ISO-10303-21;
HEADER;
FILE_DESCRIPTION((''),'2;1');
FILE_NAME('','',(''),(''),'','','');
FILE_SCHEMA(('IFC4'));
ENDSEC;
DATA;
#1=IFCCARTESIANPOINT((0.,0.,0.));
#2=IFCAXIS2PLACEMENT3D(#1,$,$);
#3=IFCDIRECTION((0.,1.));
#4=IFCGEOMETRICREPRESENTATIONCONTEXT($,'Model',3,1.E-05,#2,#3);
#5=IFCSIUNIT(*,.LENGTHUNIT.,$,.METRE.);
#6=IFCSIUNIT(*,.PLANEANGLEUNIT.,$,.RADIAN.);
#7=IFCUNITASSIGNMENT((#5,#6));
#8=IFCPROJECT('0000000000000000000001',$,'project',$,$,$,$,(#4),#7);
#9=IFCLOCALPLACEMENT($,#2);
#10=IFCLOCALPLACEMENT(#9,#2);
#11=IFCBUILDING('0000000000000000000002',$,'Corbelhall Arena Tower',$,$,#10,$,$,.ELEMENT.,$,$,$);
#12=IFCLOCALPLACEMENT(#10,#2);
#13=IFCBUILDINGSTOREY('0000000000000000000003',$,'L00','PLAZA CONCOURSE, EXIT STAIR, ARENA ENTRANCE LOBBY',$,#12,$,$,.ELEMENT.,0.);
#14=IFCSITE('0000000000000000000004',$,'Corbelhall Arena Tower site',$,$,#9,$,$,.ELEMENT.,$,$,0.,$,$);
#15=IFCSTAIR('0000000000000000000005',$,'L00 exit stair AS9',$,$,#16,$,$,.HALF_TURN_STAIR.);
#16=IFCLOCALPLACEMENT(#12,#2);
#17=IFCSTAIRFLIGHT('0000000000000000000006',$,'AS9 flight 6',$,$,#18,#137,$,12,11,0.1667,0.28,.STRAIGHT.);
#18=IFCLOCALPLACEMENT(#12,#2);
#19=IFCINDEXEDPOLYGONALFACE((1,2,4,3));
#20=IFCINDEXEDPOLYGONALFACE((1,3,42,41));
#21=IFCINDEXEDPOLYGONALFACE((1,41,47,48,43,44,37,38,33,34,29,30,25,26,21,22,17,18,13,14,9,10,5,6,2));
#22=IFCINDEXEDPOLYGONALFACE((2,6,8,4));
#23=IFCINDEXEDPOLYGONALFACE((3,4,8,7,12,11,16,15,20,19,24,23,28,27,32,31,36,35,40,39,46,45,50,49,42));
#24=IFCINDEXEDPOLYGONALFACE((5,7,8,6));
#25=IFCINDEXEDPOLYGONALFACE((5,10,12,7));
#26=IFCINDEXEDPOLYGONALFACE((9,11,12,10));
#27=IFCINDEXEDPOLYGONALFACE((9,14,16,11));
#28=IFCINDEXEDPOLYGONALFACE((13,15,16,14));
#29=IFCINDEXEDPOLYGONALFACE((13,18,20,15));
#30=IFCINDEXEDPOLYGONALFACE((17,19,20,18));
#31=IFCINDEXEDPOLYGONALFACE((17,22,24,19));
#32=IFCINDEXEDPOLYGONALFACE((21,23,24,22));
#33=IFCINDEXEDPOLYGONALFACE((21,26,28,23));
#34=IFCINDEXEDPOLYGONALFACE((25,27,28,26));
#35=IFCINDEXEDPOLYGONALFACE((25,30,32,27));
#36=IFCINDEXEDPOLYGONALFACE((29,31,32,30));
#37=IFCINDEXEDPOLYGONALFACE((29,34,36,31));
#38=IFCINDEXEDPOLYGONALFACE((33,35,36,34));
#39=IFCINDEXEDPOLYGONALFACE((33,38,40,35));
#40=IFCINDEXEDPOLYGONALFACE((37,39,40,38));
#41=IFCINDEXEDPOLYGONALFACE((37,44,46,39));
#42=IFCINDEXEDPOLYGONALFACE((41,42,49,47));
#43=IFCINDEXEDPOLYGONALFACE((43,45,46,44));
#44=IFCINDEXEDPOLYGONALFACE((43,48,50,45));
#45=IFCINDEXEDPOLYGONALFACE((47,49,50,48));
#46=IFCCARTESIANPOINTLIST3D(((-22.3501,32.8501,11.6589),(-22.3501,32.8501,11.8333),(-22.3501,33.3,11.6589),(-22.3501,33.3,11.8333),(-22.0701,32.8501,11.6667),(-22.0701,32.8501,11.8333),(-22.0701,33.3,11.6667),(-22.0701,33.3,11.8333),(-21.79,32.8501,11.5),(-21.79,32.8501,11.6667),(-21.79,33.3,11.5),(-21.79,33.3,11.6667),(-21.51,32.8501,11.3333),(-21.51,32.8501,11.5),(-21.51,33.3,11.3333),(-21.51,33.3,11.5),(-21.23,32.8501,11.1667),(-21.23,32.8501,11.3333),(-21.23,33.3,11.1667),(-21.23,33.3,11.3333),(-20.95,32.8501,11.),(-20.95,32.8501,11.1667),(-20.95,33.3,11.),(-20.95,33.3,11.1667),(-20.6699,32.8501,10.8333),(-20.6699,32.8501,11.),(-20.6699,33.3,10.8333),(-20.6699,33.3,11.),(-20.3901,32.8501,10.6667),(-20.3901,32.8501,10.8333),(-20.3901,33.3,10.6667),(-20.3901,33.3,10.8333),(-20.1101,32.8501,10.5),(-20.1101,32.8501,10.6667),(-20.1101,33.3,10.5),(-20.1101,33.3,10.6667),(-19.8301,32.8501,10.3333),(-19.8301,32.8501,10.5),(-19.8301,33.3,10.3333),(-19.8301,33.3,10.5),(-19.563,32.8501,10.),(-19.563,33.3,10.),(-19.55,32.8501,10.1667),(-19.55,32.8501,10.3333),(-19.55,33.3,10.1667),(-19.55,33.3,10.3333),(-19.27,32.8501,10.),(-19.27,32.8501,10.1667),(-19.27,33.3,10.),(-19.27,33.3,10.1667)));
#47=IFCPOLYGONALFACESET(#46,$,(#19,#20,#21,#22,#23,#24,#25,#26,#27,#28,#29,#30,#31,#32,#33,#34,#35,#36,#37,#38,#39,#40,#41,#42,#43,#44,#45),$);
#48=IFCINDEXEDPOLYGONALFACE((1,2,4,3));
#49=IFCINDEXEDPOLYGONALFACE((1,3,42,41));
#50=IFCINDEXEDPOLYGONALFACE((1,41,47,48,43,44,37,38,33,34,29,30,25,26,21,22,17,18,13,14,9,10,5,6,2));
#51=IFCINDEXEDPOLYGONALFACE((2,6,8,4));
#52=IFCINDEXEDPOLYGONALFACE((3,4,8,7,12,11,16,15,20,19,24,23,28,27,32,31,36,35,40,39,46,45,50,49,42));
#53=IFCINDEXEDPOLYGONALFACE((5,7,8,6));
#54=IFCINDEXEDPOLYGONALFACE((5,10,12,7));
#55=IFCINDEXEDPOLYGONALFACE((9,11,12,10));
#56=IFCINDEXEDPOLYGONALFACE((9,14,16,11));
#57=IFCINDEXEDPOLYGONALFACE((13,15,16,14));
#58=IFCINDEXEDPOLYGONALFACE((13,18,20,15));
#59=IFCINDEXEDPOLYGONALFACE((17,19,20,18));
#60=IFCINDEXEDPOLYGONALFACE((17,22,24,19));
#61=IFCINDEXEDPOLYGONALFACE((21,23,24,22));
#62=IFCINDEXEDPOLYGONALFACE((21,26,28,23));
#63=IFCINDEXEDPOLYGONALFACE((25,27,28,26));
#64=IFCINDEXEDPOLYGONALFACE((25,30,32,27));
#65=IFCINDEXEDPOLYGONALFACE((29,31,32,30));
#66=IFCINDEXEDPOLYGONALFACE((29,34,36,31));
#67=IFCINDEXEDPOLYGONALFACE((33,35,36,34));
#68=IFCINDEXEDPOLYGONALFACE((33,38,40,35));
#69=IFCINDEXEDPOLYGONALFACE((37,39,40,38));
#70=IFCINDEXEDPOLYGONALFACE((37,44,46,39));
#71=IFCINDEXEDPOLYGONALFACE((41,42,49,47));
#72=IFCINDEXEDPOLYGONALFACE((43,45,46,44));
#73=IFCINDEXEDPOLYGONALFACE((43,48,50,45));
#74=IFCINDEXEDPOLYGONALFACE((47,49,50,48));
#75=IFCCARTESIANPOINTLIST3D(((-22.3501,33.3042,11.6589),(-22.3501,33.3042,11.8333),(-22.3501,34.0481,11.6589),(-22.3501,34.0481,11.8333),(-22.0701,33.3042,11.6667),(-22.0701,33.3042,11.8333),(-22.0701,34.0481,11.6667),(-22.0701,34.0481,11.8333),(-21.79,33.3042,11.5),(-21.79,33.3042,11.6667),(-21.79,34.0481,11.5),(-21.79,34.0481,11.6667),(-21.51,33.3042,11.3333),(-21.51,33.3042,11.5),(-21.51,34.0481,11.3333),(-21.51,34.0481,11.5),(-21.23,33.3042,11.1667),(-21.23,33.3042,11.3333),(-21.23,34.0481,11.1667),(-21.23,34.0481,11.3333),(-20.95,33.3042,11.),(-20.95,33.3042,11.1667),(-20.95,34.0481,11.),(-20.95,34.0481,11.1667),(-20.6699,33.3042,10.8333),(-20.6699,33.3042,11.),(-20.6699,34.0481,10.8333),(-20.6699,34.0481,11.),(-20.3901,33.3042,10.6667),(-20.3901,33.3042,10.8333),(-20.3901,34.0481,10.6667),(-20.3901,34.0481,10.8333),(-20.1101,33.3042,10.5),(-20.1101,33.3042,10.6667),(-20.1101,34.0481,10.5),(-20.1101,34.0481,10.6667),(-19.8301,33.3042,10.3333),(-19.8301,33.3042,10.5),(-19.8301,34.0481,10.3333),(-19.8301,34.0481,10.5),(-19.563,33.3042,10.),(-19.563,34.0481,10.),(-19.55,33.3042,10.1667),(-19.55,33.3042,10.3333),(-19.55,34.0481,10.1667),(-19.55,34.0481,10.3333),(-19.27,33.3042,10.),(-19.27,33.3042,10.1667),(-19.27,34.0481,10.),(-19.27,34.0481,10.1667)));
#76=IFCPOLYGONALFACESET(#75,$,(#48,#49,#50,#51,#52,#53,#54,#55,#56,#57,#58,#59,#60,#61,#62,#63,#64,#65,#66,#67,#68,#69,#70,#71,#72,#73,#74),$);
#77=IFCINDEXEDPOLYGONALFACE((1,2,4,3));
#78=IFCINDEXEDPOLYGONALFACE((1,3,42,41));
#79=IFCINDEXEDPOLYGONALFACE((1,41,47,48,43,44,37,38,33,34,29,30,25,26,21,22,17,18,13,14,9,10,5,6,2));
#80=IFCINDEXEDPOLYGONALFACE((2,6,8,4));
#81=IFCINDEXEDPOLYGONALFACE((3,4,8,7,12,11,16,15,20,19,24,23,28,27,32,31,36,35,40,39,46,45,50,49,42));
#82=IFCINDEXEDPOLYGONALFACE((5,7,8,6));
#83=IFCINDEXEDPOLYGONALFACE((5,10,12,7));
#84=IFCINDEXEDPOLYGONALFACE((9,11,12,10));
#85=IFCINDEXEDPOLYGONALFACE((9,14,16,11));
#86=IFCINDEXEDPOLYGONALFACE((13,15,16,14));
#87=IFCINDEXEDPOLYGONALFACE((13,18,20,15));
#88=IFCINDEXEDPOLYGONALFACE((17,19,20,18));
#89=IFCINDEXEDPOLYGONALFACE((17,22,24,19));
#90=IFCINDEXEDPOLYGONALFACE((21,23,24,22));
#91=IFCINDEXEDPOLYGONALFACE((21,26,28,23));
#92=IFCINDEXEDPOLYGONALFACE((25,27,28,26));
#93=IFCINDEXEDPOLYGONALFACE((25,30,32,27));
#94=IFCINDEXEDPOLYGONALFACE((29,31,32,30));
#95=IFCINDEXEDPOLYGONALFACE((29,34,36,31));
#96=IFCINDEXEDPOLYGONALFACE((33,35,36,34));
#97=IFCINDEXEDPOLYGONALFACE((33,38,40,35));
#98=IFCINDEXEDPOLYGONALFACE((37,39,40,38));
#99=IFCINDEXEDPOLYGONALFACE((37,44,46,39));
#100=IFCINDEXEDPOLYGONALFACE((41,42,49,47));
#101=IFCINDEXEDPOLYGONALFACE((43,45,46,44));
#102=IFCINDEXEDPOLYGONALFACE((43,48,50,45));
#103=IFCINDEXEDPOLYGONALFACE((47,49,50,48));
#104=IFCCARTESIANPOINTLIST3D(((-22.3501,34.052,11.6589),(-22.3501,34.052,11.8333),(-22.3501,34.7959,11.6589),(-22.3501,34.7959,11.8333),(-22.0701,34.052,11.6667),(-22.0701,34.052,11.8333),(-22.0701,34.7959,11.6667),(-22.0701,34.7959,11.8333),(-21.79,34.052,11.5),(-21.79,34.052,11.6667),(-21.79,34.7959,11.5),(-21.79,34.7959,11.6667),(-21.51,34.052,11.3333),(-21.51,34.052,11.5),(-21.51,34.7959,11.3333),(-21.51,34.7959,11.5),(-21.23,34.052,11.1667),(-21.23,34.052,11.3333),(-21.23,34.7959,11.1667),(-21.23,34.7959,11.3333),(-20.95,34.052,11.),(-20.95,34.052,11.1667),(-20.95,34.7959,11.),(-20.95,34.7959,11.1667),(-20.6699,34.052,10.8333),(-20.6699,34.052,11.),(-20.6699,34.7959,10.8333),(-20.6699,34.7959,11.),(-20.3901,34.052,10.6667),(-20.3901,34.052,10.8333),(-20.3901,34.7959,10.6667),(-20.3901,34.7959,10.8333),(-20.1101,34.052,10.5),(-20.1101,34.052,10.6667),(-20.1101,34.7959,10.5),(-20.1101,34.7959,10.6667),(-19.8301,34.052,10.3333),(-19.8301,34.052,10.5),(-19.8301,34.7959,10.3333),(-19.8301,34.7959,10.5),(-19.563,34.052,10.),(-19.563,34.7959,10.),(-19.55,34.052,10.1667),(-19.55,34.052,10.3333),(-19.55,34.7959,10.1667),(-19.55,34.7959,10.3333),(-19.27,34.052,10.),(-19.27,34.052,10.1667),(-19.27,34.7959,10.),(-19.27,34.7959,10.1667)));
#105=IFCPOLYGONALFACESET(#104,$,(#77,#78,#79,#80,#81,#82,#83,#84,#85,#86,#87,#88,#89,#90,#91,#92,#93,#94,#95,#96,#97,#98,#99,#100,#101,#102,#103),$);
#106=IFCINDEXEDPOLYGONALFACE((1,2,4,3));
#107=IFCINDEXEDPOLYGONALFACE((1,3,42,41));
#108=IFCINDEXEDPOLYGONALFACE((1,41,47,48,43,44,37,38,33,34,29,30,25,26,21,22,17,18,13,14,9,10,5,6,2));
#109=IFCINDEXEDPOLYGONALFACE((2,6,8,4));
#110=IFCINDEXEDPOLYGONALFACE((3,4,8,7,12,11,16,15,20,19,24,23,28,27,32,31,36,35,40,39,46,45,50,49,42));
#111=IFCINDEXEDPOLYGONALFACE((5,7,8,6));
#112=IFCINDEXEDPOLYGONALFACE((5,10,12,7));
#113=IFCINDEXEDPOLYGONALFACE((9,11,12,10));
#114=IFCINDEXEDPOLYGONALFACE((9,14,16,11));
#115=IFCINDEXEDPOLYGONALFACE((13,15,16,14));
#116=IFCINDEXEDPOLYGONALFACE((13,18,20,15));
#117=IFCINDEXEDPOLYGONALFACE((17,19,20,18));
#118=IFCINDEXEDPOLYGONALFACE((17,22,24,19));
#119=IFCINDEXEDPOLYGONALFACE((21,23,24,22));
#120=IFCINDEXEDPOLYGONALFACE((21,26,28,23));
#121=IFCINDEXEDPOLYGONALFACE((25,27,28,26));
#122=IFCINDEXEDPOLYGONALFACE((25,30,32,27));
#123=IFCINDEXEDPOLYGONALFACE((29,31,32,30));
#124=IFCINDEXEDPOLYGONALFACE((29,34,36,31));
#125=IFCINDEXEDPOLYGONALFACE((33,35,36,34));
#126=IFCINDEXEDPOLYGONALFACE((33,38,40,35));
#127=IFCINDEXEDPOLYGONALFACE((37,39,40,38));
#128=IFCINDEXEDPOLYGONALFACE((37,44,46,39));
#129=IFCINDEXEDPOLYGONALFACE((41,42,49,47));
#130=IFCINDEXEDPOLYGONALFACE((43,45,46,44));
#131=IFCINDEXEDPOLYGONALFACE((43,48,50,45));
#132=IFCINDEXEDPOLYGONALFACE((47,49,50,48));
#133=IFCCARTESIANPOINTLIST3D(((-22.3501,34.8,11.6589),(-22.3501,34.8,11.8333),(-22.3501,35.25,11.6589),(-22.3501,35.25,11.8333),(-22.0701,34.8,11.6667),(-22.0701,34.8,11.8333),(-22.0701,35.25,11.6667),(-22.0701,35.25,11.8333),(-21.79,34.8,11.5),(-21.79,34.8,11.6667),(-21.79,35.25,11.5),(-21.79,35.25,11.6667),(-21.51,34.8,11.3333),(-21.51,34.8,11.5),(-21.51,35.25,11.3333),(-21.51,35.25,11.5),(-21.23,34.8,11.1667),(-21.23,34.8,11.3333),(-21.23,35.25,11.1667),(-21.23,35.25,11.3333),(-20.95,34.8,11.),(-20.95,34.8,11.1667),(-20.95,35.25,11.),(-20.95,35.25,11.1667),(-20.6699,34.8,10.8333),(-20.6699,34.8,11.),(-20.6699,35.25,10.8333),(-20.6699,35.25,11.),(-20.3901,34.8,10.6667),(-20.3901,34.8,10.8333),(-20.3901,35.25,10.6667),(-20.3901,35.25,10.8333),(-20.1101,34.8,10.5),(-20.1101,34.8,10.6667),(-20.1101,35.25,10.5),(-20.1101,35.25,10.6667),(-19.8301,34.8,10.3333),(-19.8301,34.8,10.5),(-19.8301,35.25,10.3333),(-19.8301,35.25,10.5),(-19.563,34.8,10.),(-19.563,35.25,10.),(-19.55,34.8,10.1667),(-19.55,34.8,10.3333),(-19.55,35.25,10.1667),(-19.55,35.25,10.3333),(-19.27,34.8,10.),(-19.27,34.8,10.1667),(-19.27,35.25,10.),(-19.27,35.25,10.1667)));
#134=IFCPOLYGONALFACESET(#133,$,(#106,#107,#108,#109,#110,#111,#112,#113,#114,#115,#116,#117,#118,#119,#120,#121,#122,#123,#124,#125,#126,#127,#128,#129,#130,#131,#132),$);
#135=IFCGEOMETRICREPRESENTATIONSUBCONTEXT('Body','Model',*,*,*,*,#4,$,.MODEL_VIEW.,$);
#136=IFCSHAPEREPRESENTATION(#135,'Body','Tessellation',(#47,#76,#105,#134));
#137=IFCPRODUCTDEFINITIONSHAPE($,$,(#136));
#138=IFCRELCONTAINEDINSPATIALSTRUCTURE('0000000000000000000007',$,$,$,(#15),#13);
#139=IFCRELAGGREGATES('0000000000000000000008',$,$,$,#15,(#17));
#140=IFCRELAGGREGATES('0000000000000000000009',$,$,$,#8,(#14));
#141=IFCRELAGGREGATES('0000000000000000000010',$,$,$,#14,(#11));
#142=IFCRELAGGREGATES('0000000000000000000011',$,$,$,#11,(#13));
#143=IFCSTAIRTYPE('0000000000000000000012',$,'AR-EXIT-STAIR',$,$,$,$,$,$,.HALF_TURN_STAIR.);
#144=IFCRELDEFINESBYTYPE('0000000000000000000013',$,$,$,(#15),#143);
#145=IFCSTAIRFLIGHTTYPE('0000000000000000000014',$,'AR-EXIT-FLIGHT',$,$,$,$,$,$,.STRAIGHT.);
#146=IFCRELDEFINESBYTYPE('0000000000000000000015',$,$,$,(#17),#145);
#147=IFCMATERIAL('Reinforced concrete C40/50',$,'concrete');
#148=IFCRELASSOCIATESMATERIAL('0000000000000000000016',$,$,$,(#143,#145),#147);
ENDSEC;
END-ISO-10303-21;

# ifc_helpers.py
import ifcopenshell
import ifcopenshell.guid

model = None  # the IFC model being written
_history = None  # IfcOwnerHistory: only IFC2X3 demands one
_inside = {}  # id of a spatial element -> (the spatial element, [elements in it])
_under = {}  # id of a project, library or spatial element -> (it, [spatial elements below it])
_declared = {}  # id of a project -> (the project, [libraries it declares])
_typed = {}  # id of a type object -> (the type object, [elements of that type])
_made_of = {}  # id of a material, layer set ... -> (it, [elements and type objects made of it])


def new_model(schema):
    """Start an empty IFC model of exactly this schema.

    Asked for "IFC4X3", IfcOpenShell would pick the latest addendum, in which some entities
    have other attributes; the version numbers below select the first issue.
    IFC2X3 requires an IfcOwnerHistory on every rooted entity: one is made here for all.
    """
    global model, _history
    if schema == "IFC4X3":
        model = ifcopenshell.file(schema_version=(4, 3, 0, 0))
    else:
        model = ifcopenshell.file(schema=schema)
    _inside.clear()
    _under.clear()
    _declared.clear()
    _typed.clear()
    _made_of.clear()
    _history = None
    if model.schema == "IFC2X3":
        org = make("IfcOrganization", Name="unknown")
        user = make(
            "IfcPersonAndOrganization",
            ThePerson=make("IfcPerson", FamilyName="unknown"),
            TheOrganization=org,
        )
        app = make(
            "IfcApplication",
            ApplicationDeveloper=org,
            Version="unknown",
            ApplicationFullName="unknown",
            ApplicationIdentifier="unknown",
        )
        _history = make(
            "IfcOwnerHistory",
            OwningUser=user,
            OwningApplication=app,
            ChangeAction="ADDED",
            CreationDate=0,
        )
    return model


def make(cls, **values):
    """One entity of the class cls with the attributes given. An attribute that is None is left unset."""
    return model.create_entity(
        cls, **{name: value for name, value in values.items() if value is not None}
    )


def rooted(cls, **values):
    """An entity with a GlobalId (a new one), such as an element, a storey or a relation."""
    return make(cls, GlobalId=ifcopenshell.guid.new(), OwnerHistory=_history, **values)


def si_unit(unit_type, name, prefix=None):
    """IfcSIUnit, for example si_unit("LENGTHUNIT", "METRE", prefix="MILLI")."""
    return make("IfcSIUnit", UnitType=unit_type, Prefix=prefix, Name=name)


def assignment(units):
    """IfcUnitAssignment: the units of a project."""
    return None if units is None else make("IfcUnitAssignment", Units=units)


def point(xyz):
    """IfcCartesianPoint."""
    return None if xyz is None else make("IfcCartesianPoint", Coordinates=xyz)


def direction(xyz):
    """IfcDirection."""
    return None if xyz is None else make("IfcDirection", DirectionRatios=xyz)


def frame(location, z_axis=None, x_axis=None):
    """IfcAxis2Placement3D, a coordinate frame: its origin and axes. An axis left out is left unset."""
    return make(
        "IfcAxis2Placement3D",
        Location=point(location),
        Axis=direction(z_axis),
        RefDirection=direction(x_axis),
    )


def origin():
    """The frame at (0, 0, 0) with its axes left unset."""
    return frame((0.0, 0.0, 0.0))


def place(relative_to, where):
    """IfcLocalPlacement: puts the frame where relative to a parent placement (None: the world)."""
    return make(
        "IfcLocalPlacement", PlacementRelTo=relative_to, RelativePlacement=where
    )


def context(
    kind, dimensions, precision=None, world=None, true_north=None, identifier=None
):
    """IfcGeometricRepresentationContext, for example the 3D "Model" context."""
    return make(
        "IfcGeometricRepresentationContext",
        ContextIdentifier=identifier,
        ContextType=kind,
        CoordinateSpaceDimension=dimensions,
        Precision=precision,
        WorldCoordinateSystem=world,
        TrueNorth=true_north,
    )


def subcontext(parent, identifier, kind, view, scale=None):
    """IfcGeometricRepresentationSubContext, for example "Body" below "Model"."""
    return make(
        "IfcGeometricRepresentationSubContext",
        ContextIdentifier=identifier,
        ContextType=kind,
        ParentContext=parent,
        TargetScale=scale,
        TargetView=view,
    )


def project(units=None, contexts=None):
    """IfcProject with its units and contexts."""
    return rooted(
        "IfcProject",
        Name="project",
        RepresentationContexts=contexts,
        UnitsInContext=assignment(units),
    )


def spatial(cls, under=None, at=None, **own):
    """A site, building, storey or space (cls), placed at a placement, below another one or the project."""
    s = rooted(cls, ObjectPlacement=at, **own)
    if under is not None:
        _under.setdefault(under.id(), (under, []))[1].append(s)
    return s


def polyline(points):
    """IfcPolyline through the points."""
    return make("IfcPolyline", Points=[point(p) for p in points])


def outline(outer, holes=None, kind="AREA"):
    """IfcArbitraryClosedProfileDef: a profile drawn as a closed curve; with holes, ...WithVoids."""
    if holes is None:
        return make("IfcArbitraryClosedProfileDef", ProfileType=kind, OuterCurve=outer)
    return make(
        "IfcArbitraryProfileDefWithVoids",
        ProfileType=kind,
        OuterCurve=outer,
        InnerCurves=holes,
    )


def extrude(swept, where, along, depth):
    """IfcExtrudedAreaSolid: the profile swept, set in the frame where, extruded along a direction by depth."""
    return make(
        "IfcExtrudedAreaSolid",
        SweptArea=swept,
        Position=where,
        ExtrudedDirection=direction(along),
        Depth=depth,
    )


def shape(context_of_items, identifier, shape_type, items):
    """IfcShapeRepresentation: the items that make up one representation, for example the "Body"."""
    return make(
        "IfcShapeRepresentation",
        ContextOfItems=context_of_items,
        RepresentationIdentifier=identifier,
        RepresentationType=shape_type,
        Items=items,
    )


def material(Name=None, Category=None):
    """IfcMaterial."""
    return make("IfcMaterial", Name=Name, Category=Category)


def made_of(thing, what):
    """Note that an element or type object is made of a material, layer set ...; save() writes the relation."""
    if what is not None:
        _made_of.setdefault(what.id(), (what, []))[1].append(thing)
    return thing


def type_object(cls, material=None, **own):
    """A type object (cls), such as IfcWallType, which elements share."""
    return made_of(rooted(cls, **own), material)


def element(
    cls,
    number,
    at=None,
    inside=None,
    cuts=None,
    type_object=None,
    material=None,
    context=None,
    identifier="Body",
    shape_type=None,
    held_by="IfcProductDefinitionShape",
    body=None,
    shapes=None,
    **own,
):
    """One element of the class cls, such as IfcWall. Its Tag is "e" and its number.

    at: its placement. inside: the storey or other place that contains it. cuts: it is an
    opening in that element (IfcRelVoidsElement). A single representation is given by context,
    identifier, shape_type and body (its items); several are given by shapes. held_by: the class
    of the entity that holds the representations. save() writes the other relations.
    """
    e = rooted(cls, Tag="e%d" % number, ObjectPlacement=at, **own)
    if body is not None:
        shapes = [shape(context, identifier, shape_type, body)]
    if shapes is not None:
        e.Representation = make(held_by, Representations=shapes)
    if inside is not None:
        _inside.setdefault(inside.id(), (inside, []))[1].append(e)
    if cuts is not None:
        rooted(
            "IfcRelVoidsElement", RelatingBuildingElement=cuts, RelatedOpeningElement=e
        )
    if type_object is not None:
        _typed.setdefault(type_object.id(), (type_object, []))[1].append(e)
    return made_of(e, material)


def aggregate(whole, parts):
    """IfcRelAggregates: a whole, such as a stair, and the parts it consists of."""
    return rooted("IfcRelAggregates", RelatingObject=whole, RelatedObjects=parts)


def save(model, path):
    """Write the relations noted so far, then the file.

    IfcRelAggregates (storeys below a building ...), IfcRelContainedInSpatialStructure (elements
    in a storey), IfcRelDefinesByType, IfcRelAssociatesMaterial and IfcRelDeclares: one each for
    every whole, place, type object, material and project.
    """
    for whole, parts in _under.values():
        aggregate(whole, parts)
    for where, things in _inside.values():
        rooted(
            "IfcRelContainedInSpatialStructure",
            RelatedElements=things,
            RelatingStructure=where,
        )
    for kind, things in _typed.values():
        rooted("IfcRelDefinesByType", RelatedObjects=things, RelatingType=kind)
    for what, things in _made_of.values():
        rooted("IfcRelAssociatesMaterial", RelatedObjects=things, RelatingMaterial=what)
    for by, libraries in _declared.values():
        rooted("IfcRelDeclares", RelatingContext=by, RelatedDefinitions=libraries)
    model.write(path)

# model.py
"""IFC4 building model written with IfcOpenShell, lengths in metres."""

from ifc_helpers import new_model, si_unit, direction, frame, origin, place, context, subcontext, project, spatial, polyline, outline, extrude, material, type_object, element, aggregate, save


model = new_model("IFC4")

# Units and contexts
model_context = context("Model", 3, precision=1e-05, world=origin(), true_north=direction((0.0, 1.0)))
body_context = subcontext(model_context, "Body", "Model", "MODEL_VIEW")
ifc_project = project(units=[si_unit("LENGTHUNIT", "METRE"), si_unit("PLANEANGLEUNIT", "RADIAN")], contexts=[model_context])

# Site, building, storey
site_placement = place(None, origin())
site = spatial("IfcSite", under=ifc_project, at=site_placement, Name="Corbelhall Arena Tower site", CompositionType="ELEMENT", RefElevation=0.0)
building_placement = place(site_placement, origin())
building = spatial("IfcBuilding", under=site, at=building_placement, Name="Corbelhall Arena Tower", CompositionType="ELEMENT")
storey_placement = place(building_placement, origin())
storey = spatial("IfcBuildingStorey", under=building, at=storey_placement, Name="L00", Description="PLAZA CONCOURSE, EXIT STAIR, ARENA ENTRANCE LOBBY", CompositionType="ELEMENT", Elevation=0.0)

# Shared definitions
ifc_material_1 = material(Name="Reinforced concrete C40/50", Category="concrete")

# Stair, stair flight
stair_type = type_object("IfcStairType", Name="AR-EXIT-STAIR", PredefinedType="HALF_TURN_STAIR", material=ifc_material_1)
stair_placement = place(storey_placement, origin())
stair = element("IfcStair", 1, at=stair_placement, inside=storey, type_object=stair_type, Name="L00 exit stair AS9", PredefinedType="HALF_TURN_STAIR")
stair_flight_type = type_object("IfcStairFlightType", Name="AR-EXIT-FLIGHT", PredefinedType="STRAIGHT", material=ifc_material_1)
stair_flight_1_placement = place(storey_placement, frame((-19.27, 34.05, 10.0), z_axis=(0.0, 0.0, 1.0), x_axis=(-1.0, 0.0, 0.0)))
stair_flight_1 = element("IfcStairFlight", 2, at=stair_flight_1_placement, type_object=stair_flight_type, Name="AS9 flight 6", NumberOfRisers=12, NumberOfTreads=11, PredefinedType="STRAIGHT", RiserHeight=0.1667, TreadLength=0.28, context=body_context, shape_type="SweptSolid", body=[
    extrude(outline(polyline([(0.0, 0.0), (0.0, 0.1667), (0.28, 0.1667), (0.28, 0.3333), (0.5601, 0.3333), (0.5601, 0.5), (0.8401, 0.5), (0.8401, 0.6667), (1.1201, 0.6667), (1.1201, 0.8333), (1.3999, 0.8333), (1.3999, 1.0), (1.6799, 1.0), (1.6799, 1.1667), (1.96, 1.1667), (1.96, 1.3333), (2.24, 1.3333), (2.24, 1.5), (2.52, 1.5), (2.52, 1.6667), (2.8, 1.6667), (2.8, 1.8333), (3.0801, 1.8333), (3.0801, 2.0), (3.0801, 1.6589), (0.293, 0.0), (0.0, 0.0)])), frame((0.0, 1.2, 0.0), z_axis=(0.0, -1.0, 0.0), x_axis=(1.0, 0.0, 0.0)), (0.0, 0.0, 1.0), 0.45),
    extrude(outline(polyline([(0.0, 0.0), (0.0, 0.1667), (0.28, 0.1667), (0.28, 0.3333), (0.5601, 0.3333), (0.5601, 0.5), (0.8401, 0.5), (0.8401, 0.6667), (1.1201, 0.6667), (1.1201, 0.8333), (1.3999, 0.8333), (1.3999, 1.0), (1.6799, 1.0), (1.6799, 1.1667), (1.96, 1.1667), (1.96, 1.3333), (2.24, 1.3333), (2.24, 1.5), (2.52, 1.5), (2.52, 1.6667), (2.8, 1.6667), (2.8, 1.8333), (3.0801, 1.8333), (3.0801, 2.0), (3.0801, 1.6589), (0.293, 0.0), (0.0, 0.0)])), frame((0.0, 0.7458, 0.0), z_axis=(0.0, -1.0, 0.0), x_axis=(1.0, 0.0, 0.0)), (0.0, 0.0, 1.0), 0.7439),
    extrude(outline(polyline([(0.0, 0.0), (0.0, 0.1667), (0.28, 0.1667), (0.28, 0.3333), (0.5601, 0.3333), (0.5601, 0.5), (0.8401, 0.5), (0.8401, 0.6667), (1.1201, 0.6667), (1.1201, 0.8333), (1.3999, 0.8333), (1.3999, 1.0), (1.6799, 1.0), (1.6799, 1.1667), (1.96, 1.1667), (1.96, 1.3333), (2.24, 1.3333), (2.24, 1.5), (2.52, 1.5), (2.52, 1.6667), (2.8, 1.6667), (2.8, 1.8333), (3.0801, 1.8333), (3.0801, 2.0), (3.0801, 1.6589), (0.293, 0.0), (0.0, 0.0)])), frame((0.0, -0.002, 0.0), z_axis=(0.0, -1.0, 0.0), x_axis=(1.0, 0.0, 0.0)), (0.0, 0.0, 1.0), 0.7439),
    extrude(outline(polyline([(0.0, 0.0), (0.0, 0.1667), (0.28, 0.1667), (0.28, 0.3333), (0.5601, 0.3333), (0.5601, 0.5), (0.8401, 0.5), (0.8401, 0.6667), (1.1201, 0.6667), (1.1201, 0.8333), (1.3999, 0.8333), (1.3999, 1.0), (1.6799, 1.0), (1.6799, 1.1667), (1.96, 1.1667), (1.96, 1.3333), (2.24, 1.3333), (2.24, 1.5), (2.52, 1.5), (2.52, 1.6667), (2.8, 1.6667), (2.8, 1.8333), (3.0801, 1.8333), (3.0801, 2.0), (3.0801, 1.6589), (0.293, 0.0), (0.0, 0.0)])), frame((0.0, -0.75, 0.0), z_axis=(0.0, -1.0, 0.0), x_axis=(1.0, 0.0, 0.0)), (0.0, 0.0, 1.0), 0.45),
])
aggregate(stair, [stair_flight_1])

save(model, "model.ifc")
